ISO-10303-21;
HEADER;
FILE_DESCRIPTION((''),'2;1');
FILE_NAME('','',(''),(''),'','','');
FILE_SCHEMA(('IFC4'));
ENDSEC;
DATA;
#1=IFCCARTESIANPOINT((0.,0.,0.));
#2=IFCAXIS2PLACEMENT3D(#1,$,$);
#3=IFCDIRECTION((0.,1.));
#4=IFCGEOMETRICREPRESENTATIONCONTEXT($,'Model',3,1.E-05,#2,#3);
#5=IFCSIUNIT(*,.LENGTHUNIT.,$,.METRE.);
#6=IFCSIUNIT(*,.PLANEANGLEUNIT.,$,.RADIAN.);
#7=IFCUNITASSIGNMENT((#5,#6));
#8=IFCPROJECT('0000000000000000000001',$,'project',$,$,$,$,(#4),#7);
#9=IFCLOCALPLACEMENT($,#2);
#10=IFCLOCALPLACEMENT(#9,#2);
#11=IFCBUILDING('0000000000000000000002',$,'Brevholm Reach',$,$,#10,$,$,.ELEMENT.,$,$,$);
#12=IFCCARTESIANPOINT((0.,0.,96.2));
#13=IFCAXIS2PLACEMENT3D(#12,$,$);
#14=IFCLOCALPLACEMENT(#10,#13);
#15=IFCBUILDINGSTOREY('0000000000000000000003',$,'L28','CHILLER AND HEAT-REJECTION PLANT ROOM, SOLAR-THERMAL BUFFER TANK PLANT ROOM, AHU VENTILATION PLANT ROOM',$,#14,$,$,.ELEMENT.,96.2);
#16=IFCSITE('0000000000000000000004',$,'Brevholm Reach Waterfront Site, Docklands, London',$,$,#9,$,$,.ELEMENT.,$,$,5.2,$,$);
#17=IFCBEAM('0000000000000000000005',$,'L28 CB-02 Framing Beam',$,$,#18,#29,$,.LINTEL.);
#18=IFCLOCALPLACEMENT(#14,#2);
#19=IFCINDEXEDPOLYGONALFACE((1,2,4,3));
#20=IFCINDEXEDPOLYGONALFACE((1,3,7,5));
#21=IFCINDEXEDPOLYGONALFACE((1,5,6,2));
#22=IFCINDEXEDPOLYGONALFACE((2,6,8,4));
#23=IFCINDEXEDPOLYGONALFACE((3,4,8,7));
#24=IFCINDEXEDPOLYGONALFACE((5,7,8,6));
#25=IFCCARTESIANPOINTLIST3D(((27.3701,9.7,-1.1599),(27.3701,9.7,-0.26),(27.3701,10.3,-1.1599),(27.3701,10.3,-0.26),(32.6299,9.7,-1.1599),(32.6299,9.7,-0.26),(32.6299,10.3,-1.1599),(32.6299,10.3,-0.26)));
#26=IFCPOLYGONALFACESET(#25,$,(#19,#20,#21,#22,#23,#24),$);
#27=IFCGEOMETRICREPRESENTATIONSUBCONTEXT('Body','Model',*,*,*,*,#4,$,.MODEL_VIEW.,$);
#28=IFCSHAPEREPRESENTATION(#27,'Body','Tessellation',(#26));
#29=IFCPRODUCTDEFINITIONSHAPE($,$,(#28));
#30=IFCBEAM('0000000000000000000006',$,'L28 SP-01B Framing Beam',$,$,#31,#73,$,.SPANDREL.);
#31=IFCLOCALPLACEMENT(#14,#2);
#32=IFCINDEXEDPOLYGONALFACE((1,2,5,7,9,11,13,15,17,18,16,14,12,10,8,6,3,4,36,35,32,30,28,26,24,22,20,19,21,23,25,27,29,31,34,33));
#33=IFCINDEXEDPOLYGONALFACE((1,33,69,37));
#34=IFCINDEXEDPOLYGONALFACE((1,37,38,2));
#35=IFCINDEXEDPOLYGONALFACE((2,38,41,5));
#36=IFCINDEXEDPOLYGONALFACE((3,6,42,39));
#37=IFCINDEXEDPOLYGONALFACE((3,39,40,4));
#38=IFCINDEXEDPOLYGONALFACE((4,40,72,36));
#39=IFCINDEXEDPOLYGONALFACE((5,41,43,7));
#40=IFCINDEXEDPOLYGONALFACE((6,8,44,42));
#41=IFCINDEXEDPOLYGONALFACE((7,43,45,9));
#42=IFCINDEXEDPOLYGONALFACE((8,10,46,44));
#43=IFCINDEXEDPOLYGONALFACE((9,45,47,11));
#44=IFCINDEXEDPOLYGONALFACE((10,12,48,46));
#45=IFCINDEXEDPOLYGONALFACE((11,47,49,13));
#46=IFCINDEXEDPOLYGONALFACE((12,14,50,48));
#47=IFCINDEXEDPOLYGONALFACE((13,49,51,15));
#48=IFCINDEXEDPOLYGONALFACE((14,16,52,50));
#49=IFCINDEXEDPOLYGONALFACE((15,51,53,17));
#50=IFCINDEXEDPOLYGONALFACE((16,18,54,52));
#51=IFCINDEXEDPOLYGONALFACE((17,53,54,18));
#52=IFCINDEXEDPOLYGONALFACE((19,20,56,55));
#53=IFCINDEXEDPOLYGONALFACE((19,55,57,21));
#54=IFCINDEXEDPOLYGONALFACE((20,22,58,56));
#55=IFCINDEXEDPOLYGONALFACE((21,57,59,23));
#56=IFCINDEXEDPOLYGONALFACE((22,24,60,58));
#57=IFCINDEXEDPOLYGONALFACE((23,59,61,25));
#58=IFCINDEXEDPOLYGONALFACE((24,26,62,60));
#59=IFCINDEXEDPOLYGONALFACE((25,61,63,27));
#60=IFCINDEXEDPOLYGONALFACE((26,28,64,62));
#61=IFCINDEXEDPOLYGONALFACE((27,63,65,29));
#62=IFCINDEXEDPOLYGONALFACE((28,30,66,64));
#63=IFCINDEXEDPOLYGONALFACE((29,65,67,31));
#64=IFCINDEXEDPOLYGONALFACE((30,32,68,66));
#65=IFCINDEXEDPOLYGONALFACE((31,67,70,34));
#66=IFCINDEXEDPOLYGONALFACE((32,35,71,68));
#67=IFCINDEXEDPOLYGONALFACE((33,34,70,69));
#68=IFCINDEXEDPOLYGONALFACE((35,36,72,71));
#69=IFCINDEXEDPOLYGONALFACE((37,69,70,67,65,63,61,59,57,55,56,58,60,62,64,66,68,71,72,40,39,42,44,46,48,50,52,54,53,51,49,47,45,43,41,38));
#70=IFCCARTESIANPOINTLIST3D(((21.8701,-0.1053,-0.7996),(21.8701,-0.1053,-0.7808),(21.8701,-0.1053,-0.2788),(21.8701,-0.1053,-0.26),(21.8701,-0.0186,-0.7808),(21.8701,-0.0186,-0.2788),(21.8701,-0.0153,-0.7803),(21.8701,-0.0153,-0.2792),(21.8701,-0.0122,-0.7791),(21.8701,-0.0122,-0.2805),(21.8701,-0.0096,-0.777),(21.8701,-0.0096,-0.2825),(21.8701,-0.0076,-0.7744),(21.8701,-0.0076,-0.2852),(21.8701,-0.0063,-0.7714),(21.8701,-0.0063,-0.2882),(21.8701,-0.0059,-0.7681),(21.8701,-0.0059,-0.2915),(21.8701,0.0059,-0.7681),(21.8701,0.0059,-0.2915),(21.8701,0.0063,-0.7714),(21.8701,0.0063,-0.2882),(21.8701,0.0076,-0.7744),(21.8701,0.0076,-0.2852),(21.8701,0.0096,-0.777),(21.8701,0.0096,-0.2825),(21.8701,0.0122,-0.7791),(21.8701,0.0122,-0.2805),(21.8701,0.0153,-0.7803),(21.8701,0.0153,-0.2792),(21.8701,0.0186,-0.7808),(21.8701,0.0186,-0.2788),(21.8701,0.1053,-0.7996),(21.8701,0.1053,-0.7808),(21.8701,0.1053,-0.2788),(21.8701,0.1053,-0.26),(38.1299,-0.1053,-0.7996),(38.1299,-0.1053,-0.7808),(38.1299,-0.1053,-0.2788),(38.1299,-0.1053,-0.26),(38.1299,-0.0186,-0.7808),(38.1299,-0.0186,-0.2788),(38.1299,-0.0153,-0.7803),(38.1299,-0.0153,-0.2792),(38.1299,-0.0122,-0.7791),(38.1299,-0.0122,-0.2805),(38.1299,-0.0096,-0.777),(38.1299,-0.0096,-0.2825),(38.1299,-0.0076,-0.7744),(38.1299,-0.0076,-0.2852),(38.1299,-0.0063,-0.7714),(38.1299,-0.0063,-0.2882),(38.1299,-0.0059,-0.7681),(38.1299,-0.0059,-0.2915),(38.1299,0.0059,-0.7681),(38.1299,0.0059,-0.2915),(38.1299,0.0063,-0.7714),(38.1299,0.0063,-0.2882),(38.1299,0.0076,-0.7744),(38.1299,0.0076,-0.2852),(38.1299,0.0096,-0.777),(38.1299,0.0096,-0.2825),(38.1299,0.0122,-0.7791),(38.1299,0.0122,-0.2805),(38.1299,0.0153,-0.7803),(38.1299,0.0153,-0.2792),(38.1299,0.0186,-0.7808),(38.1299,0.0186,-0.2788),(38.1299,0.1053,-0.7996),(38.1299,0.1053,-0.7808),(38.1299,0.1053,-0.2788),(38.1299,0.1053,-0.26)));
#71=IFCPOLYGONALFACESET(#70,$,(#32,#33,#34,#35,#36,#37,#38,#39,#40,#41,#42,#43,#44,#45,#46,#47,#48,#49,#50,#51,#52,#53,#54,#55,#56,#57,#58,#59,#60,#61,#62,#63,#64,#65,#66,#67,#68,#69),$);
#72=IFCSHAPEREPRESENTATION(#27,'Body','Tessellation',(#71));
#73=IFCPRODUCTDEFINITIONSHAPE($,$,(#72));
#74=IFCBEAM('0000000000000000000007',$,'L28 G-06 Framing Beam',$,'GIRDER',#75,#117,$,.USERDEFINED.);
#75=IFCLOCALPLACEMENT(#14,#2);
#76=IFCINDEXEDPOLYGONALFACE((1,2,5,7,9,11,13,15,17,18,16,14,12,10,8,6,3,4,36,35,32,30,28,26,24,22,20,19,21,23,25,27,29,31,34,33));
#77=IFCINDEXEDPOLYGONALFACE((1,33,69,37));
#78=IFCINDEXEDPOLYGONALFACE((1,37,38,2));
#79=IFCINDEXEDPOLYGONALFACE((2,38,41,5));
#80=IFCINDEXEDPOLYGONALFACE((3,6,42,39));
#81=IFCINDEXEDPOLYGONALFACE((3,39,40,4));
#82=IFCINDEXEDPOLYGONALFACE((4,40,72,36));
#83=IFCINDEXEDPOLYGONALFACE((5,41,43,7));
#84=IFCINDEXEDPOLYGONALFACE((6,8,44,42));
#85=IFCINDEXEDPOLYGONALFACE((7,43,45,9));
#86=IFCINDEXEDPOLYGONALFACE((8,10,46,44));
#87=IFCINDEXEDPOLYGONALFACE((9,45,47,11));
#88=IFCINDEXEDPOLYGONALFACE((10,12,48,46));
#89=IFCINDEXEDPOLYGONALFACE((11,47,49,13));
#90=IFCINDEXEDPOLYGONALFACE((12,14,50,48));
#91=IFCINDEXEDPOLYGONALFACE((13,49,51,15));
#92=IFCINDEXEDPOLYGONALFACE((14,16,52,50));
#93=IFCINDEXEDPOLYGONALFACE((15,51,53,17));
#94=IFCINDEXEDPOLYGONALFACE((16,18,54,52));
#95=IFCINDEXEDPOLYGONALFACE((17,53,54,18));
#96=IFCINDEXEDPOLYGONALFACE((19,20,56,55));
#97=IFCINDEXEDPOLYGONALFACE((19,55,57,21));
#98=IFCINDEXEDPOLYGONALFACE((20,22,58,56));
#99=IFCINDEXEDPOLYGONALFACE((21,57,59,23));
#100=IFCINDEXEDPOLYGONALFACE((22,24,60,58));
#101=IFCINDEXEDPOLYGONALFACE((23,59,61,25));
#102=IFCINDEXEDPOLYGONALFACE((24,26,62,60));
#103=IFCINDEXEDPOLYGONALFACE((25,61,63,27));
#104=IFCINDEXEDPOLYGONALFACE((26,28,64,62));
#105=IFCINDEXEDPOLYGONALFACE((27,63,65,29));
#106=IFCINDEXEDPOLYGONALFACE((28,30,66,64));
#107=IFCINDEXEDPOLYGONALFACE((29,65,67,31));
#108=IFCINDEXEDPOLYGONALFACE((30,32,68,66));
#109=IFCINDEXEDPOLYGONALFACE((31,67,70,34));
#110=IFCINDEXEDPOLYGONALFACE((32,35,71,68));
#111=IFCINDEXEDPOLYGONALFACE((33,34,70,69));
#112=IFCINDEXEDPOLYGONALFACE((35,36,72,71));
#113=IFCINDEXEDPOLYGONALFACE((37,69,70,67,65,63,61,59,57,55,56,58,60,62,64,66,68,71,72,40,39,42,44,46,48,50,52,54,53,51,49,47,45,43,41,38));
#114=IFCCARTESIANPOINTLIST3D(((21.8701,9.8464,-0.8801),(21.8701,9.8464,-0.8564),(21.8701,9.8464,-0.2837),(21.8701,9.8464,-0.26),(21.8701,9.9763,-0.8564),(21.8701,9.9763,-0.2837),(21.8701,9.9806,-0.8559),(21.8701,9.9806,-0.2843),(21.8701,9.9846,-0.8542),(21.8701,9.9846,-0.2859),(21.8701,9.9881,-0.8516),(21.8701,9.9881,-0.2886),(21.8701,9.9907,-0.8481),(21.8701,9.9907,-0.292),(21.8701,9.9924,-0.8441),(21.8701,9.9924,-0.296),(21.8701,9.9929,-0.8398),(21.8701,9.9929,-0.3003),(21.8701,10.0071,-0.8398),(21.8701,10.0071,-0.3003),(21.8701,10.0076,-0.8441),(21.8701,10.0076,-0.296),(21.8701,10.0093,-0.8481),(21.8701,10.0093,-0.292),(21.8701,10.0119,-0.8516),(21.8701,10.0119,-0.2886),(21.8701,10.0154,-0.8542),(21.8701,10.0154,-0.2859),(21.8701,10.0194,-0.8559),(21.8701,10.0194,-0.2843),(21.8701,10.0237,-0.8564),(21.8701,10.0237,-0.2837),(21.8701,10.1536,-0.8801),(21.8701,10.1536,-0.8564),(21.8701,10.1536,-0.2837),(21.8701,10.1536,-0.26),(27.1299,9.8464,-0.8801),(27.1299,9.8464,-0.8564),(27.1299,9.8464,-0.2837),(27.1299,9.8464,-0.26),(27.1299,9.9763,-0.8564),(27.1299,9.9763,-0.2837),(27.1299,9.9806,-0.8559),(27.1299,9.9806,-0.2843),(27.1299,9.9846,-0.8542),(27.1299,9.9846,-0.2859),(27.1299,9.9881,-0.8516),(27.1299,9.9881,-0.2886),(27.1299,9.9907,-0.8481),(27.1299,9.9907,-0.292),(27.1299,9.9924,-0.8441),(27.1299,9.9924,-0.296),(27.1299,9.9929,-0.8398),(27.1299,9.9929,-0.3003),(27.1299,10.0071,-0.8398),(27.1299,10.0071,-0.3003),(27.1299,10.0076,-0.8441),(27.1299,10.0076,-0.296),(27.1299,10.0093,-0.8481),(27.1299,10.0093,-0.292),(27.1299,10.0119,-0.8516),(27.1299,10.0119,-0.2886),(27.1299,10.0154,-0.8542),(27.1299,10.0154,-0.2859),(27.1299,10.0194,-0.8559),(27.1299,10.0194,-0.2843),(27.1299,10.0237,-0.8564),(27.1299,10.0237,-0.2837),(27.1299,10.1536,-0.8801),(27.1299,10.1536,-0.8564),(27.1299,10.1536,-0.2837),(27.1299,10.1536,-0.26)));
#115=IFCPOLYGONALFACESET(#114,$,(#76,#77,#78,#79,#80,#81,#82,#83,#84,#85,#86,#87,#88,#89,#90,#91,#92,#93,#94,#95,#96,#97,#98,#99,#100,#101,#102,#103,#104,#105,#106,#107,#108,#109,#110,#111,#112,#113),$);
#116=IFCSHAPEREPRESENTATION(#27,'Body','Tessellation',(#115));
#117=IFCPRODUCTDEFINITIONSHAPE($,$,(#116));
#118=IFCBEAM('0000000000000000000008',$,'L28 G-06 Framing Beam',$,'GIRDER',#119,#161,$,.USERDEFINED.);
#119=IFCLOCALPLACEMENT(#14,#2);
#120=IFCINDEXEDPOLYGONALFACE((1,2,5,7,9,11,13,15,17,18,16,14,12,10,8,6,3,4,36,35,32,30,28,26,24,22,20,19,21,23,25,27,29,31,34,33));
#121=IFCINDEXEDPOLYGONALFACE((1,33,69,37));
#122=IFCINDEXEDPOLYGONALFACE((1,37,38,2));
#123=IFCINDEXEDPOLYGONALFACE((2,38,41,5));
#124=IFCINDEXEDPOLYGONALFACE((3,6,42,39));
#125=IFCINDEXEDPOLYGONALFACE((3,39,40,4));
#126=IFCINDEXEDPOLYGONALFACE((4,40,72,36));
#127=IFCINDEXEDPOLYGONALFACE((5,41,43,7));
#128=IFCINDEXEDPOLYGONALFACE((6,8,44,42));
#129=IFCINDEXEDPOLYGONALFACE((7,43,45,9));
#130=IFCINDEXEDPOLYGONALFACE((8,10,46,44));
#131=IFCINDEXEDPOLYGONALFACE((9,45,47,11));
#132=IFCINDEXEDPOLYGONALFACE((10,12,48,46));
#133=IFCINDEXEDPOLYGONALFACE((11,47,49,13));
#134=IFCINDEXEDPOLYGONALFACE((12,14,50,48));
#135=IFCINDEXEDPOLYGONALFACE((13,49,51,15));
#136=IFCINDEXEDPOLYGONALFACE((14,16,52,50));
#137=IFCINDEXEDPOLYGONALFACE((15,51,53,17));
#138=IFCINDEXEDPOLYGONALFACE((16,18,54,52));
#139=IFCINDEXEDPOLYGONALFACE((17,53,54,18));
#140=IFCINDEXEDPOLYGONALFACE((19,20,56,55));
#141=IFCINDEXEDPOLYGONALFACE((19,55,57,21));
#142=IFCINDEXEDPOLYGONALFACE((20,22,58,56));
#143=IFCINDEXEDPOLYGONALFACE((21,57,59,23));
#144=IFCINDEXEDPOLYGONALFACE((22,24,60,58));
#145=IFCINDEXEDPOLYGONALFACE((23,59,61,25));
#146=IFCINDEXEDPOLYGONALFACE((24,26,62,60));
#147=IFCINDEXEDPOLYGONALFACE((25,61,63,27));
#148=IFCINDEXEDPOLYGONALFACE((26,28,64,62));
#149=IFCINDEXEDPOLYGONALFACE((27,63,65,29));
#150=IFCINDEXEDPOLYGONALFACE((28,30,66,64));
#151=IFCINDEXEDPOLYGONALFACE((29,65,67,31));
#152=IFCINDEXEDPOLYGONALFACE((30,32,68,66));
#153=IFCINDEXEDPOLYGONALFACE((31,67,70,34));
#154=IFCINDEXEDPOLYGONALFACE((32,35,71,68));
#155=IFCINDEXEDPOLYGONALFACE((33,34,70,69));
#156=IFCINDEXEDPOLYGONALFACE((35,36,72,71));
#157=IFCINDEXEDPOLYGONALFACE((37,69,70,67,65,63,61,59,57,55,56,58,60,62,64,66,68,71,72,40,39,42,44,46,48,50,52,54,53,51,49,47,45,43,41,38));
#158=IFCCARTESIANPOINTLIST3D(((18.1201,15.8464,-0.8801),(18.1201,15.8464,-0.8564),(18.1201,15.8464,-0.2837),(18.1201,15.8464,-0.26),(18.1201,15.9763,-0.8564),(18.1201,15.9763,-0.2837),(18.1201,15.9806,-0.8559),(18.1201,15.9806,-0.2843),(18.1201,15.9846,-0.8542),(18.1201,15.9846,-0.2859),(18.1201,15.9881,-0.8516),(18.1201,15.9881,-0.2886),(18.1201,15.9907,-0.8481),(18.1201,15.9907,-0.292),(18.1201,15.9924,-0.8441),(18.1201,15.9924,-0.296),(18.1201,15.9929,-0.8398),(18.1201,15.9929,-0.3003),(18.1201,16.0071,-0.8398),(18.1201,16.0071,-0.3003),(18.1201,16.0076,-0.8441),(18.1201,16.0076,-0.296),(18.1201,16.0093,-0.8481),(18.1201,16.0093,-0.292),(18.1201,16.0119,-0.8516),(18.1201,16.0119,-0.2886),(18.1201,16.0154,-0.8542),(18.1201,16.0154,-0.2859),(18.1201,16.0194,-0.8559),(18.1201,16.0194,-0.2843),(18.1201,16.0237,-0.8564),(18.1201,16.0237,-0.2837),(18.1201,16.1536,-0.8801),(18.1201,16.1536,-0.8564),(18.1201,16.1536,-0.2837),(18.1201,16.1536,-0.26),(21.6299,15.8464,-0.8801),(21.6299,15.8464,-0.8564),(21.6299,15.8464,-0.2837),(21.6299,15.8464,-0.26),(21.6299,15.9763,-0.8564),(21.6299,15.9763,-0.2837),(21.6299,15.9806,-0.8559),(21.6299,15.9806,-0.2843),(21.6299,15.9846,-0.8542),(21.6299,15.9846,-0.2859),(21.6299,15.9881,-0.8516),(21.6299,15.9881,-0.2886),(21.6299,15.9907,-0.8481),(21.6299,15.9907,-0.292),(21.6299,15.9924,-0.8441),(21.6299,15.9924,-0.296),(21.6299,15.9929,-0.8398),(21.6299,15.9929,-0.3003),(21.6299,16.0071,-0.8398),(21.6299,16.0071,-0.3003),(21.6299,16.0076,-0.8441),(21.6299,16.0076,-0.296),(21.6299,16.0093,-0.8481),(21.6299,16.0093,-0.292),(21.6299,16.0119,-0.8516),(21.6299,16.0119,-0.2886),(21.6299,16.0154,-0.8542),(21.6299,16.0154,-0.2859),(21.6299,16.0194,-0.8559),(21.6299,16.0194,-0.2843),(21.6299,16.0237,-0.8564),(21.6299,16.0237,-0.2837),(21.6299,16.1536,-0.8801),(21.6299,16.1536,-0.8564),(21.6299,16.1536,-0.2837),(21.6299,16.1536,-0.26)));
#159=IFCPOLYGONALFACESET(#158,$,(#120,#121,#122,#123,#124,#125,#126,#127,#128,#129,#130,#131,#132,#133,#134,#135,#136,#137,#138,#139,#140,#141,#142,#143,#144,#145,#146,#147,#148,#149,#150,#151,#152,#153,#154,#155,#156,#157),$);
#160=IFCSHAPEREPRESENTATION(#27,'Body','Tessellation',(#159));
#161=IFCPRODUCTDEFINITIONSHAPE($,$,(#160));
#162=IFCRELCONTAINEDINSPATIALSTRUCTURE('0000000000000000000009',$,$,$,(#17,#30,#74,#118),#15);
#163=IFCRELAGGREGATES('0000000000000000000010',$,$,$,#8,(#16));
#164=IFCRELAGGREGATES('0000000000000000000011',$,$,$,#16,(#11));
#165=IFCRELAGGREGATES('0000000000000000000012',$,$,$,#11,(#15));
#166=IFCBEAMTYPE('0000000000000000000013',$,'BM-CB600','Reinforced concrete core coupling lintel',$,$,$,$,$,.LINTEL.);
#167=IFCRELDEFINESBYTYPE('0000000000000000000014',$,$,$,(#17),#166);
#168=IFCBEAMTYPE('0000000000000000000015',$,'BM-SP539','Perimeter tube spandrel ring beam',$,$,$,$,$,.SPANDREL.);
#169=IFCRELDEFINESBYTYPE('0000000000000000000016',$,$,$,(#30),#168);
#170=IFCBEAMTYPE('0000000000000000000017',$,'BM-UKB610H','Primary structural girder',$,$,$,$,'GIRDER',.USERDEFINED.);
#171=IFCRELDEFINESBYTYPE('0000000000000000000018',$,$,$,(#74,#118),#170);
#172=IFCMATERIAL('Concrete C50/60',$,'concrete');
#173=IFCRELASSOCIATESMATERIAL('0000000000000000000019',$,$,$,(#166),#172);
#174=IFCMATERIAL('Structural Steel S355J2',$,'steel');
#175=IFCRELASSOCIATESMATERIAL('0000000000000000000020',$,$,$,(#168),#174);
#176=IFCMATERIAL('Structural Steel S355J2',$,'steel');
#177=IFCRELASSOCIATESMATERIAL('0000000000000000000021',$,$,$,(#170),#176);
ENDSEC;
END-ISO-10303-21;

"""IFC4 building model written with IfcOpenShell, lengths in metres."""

from ifc_helpers import new_model, si_unit, direction, frame, origin, origin_2d, place, context, subcontext, project, spatial, rectangle, i_section, extrude, material, material_profile, profile_set, type_object, element, save


model = new_model("IFC4")

# Units and contexts
model_context = context("Model", 3, precision=1e-05, world=origin(), true_north=direction((0.0, 1.0)))
body_context = subcontext(model_context, "Body", "Model", "MODEL_VIEW")
ifc_project = project(units=[si_unit("LENGTHUNIT", "METRE"), si_unit("PLANEANGLEUNIT", "RADIAN")], contexts=[model_context])

# Site, building, storey
site_placement = place(None, origin())
site = spatial("IfcSite", under=ifc_project, at=site_placement, Name="Brevholm Reach Waterfront Site, Docklands, London", CompositionType="ELEMENT", RefElevation=5.2)
building_placement = place(site_placement, origin())
building = spatial("IfcBuilding", under=site, at=building_placement, Name="Brevholm Reach", CompositionType="ELEMENT")
storey_placement = place(building_placement, frame((0.0, 0.0, 96.2)))
storey = spatial("IfcBuildingStorey", under=building, at=storey_placement, Name="L28", Description="CHILLER AND HEAT-REJECTION PLANT ROOM, SOLAR-THERMAL BUFFER TANK PLANT ROOM, AHU VENTILATION PLANT ROOM", CompositionType="ELEMENT", Elevation=96.2)

# Beams
ifc_material_1 = material(Name="Concrete C50/60", Category="concrete")
ifc_material_profile_1 = material_profile(ifc_material_1, rectangle(XDim=0.6001, YDim=0.8999, at=origin_2d()), Name="RC 600x900")
ifc_profile_set_1 = profile_set([ifc_material_profile_1], Name="Concrete C50/60")
beam_type_1 = type_object("IfcBeamType", Name="BM-CB600", Description="Reinforced concrete core coupling lintel", PredefinedType="LINTEL", material=ifc_profile_set_1)
beam_1_placement = place(storey_placement, frame((27.3701, 10.0, -0.71), z_axis=(1.0, 0.0, 0.0), x_axis=(0.0, 1.0, 0.0)))
element("IfcBeam", 1, at=beam_1_placement, inside=storey, type_object=beam_type_1, Name="L28 CB-02 Framing Beam", PredefinedType="LINTEL", context=body_context, shape_type="SweptSolid", body=[
    extrude(rectangle(XDim=0.6001, YDim=0.8999, at=origin_2d()), origin(), (0.0, 0.0, 1.0), 5.2598),
])
ifc_material_2 = material(Name="Structural Steel S355J2", Category="steel")
ifc_material_profile_2 = material_profile(ifc_material_2, i_section(OverallWidth=0.2107, OverallDepth=0.5396, WebThickness=0.0117, FlangeThickness=0.0188, FilletRadius=0.0127, at=origin_2d()), Name="UKB 533x210x109")
ifc_profile_set_2 = profile_set([ifc_material_profile_2], Name="Structural Steel S355J2")
beam_type_2 = type_object("IfcBeamType", Name="BM-SP539", Description="Perimeter tube spandrel ring beam", PredefinedType="SPANDREL", material=ifc_profile_set_2)
beam_2_placement = place(storey_placement, frame((21.8701, 0.0, -0.5298), z_axis=(1.0, 0.0, 0.0), x_axis=(0.0, 1.0, 0.0)))
element("IfcBeam", 2, at=beam_2_placement, inside=storey, type_object=beam_type_2, Name="L28 SP-01B Framing Beam", PredefinedType="SPANDREL", context=body_context, shape_type="SweptSolid", body=[
    extrude(i_section(OverallWidth=0.2107, OverallDepth=0.5396, WebThickness=0.0117, FlangeThickness=0.0188, FilletRadius=0.0127, at=origin_2d()), origin(), (0.0, 0.0, 1.0), 16.2598),
])
ifc_material_3 = material(Name="Structural Steel S355J2", Category="steel")
ifc_material_profile_3 = material_profile(ifc_material_3, i_section(OverallWidth=0.3071, OverallDepth=0.6201, WebThickness=0.0142, FlangeThickness=0.0237, FilletRadius=0.0166, at=origin_2d()), Name="UKB 610x305x179")
ifc_profile_set_3 = profile_set([ifc_material_profile_3], Name="Structural Steel S355J2")
beam_type_3 = type_object("IfcBeamType", Name="BM-UKB610H", Description="Primary structural girder", ElementType="GIRDER", PredefinedType="USERDEFINED", material=ifc_profile_set_3)
beam_3_placement = place(storey_placement, frame((21.8701, 10.0, -0.5701), z_axis=(1.0, 0.0, 0.0), x_axis=(0.0, 1.0, 0.0)))
element("IfcBeam", 3, at=beam_3_placement, inside=storey, type_object=beam_type_3, Name="L28 G-06 Framing Beam", ObjectType="GIRDER", PredefinedType="USERDEFINED", context=body_context, shape_type="SweptSolid", body=[
    extrude(i_section(OverallWidth=0.3071, OverallDepth=0.6201, WebThickness=0.0142, FlangeThickness=0.0237, FilletRadius=0.0166, at=origin_2d()), origin(), (0.0, 0.0, 1.0), 5.2598),
])
beam_4_placement = place(storey_placement, frame((18.1201, 16.0, -0.5701), z_axis=(1.0, 0.0, 0.0), x_axis=(0.0, 1.0, 0.0)))
element("IfcBeam", 4, at=beam_4_placement, inside=storey, type_object=beam_type_3, Name="L28 G-06 Framing Beam", ObjectType="GIRDER", PredefinedType="USERDEFINED", context=body_context, shape_type="SweptSolid", body=[
    extrude(i_section(OverallWidth=0.3071, OverallDepth=0.6201, WebThickness=0.0142, FlangeThickness=0.0237, FilletRadius=0.0166, at=origin_2d()), origin(), (0.0, 0.0, 1.0), 3.5098),
])

save(model, "model.ifc")
